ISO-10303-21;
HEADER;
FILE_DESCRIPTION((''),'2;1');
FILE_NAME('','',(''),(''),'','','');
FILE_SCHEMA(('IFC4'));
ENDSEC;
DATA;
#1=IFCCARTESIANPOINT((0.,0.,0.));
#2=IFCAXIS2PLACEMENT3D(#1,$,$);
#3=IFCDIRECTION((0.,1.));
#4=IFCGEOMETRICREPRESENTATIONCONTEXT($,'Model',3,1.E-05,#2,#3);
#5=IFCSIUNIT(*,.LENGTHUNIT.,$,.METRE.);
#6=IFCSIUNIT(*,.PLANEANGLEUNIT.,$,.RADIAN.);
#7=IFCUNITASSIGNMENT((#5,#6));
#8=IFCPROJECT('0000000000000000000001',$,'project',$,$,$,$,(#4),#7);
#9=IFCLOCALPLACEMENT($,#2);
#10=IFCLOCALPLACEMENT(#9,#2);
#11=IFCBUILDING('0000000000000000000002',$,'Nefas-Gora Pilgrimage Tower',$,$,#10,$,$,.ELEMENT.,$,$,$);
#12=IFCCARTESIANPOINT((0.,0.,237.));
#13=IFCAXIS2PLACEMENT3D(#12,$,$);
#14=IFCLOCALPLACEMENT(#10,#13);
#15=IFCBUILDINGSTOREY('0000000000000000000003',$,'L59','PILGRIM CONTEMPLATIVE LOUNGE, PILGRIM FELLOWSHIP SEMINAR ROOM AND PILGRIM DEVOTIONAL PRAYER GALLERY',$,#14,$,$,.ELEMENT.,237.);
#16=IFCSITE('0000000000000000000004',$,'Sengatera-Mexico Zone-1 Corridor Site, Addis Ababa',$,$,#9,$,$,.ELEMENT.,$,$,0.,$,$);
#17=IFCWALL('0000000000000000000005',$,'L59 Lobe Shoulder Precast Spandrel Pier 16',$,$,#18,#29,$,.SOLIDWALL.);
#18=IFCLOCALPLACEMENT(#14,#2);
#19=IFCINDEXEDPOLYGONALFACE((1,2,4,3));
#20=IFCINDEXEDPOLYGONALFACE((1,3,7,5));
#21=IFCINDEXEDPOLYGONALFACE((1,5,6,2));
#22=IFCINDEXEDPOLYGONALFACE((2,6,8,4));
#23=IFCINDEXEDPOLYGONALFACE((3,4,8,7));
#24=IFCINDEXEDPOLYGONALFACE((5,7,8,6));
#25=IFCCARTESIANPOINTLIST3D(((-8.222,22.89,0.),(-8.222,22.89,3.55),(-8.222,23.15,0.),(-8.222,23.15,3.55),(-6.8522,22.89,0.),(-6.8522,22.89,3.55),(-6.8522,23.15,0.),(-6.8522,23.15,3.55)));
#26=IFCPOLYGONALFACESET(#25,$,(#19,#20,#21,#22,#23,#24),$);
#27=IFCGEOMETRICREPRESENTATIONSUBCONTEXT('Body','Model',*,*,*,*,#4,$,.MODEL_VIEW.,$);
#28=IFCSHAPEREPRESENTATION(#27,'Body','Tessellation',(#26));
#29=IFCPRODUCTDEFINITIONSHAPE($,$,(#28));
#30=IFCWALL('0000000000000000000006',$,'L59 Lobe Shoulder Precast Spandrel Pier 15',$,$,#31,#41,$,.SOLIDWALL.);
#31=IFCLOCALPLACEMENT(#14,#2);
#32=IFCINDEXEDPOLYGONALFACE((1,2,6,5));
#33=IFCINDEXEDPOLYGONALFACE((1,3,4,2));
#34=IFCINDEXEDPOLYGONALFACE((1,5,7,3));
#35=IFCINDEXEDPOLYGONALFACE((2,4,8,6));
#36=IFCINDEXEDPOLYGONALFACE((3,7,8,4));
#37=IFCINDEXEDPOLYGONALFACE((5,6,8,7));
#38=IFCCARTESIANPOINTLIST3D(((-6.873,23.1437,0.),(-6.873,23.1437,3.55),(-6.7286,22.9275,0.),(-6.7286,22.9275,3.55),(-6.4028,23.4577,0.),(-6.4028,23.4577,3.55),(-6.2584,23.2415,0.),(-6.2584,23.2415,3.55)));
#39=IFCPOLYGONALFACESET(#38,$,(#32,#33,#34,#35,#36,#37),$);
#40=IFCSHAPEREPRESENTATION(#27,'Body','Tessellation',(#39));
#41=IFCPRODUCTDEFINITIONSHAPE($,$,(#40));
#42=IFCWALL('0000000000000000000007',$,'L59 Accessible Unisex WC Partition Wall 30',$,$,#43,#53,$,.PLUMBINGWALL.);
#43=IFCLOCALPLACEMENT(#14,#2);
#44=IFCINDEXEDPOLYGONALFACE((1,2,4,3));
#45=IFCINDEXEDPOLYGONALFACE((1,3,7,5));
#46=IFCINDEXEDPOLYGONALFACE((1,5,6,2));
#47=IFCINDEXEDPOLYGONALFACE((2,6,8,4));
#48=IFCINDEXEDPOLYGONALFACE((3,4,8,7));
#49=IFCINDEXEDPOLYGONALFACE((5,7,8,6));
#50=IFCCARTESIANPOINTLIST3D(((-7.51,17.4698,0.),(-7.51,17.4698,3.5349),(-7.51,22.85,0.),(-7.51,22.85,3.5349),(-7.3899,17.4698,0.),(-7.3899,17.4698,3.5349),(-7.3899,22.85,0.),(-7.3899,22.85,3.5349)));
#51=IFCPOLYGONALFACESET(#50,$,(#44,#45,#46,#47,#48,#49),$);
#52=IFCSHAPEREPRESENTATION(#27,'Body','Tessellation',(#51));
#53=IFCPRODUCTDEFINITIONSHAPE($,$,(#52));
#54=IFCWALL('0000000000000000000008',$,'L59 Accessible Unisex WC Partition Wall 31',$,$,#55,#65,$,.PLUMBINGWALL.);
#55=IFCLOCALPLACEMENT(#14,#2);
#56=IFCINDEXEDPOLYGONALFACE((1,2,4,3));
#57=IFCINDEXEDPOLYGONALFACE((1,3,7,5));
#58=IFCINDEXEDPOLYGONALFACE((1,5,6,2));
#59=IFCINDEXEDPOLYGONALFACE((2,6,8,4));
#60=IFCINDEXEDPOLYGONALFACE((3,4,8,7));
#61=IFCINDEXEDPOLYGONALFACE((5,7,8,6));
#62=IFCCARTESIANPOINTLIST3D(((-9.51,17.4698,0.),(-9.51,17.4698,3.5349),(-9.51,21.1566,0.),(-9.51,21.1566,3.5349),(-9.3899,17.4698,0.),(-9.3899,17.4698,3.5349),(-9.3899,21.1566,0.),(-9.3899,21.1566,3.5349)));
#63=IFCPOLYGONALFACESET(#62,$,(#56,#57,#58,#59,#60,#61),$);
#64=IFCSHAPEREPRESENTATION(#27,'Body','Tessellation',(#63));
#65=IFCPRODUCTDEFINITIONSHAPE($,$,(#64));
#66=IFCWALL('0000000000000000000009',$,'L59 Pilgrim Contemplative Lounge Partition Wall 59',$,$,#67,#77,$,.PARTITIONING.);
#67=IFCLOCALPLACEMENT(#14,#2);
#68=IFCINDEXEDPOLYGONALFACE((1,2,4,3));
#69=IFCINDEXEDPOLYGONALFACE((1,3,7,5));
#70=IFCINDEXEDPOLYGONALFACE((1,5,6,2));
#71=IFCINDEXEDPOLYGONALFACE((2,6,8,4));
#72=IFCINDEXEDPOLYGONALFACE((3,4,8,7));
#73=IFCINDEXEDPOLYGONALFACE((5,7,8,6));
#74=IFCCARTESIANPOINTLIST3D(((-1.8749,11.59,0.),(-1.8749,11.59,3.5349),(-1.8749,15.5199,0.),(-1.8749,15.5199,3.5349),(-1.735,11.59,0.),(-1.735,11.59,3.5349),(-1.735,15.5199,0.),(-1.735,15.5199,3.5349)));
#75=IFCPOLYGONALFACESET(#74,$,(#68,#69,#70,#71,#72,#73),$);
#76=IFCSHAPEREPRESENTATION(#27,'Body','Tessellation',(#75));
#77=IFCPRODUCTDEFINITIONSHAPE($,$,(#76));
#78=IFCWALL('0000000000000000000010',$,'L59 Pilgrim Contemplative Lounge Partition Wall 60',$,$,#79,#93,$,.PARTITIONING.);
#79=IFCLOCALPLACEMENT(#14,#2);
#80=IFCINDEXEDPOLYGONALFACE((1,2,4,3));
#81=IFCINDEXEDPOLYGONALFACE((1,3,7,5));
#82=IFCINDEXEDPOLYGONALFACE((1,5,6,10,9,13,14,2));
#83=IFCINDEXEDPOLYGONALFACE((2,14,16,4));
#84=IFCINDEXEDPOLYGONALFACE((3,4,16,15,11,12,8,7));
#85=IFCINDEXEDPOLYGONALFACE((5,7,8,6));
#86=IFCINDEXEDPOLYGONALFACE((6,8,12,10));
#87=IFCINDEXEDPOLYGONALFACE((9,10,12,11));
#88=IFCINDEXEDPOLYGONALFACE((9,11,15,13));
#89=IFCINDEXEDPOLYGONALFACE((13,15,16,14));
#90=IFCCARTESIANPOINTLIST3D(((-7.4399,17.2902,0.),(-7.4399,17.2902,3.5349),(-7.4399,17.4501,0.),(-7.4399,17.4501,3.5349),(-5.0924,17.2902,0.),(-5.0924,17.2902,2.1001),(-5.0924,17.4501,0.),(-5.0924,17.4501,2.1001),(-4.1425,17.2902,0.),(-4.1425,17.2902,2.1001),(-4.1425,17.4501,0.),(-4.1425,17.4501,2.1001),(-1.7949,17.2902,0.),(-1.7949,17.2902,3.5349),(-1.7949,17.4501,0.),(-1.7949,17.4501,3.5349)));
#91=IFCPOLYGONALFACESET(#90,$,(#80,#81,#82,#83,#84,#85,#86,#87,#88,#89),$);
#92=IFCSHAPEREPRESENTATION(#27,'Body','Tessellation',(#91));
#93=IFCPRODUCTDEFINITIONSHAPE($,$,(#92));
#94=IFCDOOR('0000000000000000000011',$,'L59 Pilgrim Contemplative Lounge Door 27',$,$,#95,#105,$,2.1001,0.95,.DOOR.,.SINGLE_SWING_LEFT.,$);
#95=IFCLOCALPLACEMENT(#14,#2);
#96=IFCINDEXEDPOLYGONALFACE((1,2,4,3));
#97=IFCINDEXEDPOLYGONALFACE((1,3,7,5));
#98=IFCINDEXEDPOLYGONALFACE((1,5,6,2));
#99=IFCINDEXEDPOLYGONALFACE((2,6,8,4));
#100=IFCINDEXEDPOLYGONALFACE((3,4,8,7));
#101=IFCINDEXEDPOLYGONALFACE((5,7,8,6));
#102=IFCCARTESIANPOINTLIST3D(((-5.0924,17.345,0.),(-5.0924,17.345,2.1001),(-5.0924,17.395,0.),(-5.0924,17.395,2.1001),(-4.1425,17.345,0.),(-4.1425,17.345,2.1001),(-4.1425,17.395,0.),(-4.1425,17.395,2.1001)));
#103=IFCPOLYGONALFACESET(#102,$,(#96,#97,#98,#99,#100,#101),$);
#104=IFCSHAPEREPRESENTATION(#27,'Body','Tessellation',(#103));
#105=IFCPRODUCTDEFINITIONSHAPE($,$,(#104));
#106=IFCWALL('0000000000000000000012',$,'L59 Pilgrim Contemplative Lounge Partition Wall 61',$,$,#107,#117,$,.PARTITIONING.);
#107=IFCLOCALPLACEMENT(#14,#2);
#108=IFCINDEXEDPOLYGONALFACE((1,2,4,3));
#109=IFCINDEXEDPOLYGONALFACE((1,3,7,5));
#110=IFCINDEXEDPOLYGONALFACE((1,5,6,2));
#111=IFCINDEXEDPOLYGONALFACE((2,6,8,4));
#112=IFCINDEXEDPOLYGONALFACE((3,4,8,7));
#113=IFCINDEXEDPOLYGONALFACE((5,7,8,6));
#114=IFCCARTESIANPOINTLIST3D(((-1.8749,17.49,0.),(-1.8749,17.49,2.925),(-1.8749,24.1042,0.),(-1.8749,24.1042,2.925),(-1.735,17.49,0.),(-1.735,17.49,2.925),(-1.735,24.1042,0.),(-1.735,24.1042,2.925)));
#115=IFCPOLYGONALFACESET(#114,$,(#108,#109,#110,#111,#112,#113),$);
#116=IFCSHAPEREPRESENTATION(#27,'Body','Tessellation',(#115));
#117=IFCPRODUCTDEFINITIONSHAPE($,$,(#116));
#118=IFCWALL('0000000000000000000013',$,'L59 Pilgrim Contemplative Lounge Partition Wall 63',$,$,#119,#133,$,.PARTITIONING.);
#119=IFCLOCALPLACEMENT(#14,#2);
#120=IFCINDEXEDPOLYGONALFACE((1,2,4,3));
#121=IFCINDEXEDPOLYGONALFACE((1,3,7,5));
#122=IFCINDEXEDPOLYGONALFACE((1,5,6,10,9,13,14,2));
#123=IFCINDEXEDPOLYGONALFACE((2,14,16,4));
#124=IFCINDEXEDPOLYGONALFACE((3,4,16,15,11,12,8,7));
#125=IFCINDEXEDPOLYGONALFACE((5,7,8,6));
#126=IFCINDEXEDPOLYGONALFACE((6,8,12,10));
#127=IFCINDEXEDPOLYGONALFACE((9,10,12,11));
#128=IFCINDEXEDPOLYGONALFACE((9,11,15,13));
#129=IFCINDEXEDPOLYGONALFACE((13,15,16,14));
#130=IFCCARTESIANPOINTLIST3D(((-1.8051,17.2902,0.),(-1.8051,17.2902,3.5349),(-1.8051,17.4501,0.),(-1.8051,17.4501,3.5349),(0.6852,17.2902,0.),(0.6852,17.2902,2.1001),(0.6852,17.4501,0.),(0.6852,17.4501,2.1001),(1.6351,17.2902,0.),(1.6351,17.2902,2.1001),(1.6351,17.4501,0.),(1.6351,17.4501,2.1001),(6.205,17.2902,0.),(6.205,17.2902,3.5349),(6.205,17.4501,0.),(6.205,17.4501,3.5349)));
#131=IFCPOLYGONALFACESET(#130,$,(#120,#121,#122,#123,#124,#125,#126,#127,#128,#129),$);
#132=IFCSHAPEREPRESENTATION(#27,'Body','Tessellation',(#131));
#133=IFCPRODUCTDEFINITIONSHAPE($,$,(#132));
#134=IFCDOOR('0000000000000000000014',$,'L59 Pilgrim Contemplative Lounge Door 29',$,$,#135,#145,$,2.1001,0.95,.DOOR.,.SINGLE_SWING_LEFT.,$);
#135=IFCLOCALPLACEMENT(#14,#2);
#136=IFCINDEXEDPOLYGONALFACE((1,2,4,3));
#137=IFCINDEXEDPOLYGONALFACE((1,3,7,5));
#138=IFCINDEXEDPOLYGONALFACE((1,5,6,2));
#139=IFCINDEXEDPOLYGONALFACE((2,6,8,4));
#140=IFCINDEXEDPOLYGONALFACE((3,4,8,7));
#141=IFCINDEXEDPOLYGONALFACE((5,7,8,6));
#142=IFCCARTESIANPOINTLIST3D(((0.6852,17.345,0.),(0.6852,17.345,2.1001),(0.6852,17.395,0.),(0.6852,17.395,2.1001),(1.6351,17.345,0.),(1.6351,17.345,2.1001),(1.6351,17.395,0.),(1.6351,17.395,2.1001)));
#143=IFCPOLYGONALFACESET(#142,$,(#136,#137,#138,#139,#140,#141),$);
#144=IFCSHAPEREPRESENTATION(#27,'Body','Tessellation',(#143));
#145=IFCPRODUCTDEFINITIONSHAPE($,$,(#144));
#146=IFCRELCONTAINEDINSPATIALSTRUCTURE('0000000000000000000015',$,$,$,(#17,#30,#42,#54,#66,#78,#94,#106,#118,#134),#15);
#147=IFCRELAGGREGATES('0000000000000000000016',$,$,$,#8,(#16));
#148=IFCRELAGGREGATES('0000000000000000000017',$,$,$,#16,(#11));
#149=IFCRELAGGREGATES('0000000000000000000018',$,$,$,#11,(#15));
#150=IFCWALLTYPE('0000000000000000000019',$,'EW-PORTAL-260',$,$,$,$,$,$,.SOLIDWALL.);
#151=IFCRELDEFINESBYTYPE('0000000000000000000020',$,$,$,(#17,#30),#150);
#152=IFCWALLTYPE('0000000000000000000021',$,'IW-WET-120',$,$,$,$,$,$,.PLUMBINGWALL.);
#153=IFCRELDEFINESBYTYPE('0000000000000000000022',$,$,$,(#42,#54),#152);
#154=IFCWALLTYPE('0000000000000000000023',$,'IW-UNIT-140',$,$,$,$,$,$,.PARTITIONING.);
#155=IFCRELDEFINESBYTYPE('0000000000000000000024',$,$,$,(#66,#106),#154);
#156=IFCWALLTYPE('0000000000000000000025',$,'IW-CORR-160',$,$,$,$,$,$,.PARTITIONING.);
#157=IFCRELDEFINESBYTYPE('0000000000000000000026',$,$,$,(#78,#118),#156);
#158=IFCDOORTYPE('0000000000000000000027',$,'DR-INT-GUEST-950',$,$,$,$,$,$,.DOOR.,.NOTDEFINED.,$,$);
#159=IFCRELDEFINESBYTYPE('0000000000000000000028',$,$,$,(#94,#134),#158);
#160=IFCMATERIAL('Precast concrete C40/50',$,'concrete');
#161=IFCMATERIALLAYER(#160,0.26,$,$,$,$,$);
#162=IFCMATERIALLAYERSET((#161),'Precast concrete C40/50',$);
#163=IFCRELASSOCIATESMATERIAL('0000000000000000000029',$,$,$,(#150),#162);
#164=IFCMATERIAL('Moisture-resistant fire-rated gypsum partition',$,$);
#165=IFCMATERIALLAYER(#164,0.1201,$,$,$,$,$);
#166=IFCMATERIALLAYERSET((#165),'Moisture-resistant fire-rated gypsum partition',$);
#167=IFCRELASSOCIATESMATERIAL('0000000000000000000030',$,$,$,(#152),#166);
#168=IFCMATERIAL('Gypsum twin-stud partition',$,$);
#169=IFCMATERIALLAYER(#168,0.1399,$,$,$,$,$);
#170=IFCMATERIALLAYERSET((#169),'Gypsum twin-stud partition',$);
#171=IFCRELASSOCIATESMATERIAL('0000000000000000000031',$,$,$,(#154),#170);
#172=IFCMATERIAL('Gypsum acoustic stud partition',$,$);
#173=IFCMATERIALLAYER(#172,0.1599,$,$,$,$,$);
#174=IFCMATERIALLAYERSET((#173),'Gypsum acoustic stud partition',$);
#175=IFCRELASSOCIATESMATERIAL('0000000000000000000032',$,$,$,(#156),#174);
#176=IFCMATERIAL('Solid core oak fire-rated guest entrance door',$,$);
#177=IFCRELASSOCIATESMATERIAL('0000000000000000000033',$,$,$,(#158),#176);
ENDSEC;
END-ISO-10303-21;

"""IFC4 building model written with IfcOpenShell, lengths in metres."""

from ifc_helpers import new_model, si_unit, direction, frame, frame_2d, origin, place, context, subcontext, project, spatial, rectangle, extrude, source, transform, mapped, material, layer, layer_set, type_object, element, fill, save


model = new_model("IFC4")

# Units and contexts
model_context = context("Model", 3, precision=1e-05, world=origin(), true_north=direction((0.0, 1.0)))
body_context = subcontext(model_context, "Body", "Model", "MODEL_VIEW")
ifc_project = project(units=[si_unit("LENGTHUNIT", "METRE"), si_unit("PLANEANGLEUNIT", "RADIAN")], contexts=[model_context])

# Site, building, storey
site_placement = place(None, origin())
site = spatial("IfcSite", under=ifc_project, at=site_placement, Name="Sengatera-Mexico Zone-1 Corridor Site, Addis Ababa", CompositionType="ELEMENT", RefElevation=0.0)
building_placement = place(site_placement, origin())
building = spatial("IfcBuilding", under=site, at=building_placement, Name="Nefas-Gora Pilgrimage Tower", CompositionType="ELEMENT")
storey_placement = place(building_placement, frame((0.0, 0.0, 237.0)))
storey = spatial("IfcBuildingStorey", under=building, at=storey_placement, Name="L59", Description="PILGRIM CONTEMPLATIVE LOUNGE, PILGRIM FELLOWSHIP SEMINAR ROOM AND PILGRIM DEVOTIONAL PRAYER GALLERY", CompositionType="ELEMENT", Elevation=237.0)

# Walls
ifc_material_1 = material(Name="Precast concrete C40/50", Category="concrete")
ifc_layer_1 = layer(ifc_material_1, 0.26)
ifc_layer_set_1 = layer_set([ifc_layer_1], Name="Precast concrete C40/50")
wall_type_1 = type_object("IfcWallType", Name="EW-PORTAL-260", PredefinedType="SOLIDWALL", material=ifc_layer_set_1)
shared_shape_1 = source(origin(), body_context, "Body", "SweptSolid", [
    extrude(rectangle(XDim=1.3699, YDim=0.26, at=frame_2d((0.6851, 0.0))), origin(), (0.0, 0.0, 1.0), 3.55),
])
wall_1_placement = place(storey_placement, frame((-6.8521, 23.02, 0.0), z_axis=(0.0, 0.0, 1.0), x_axis=(-1.0, 0.0, 0.0)))
element("IfcWall", 1, at=wall_1_placement, inside=storey, type_object=wall_type_1, Name="L59 Lobe Shoulder Precast Spandrel Pier 16", PredefinedType="SOLIDWALL", context=body_context, shape_type="MappedRepresentation", body=[
    mapped(shared_shape_1, transform((0.0, 0.0, 0.0), x_axis=(1.0, 0.0, 0.0), y_axis=(0.0, 1.0, 0.0), z_axis=(0.0, 0.0, 1.0), scale=1.0)),
])
shared_shape_2 = source(origin(), body_context, "Body", "SweptSolid", [
    extrude(rectangle(XDim=0.5654, YDim=0.26, at=frame_2d((0.2827, 0.0))), origin(), (0.0, 0.0, 1.0), 3.55),
])
wall_2_placement = place(storey_placement, frame((-6.3306, 23.3496, 0.0), z_axis=(0.0, 0.0, 1.0), x_axis=(-0.831651, -0.555298, 0.0)))
element("IfcWall", 2, at=wall_2_placement, inside=storey, type_object=wall_type_1, Name="L59 Lobe Shoulder Precast Spandrel Pier 15", PredefinedType="SOLIDWALL", context=body_context, shape_type="MappedRepresentation", body=[
    mapped(shared_shape_2, transform((0.0, 0.0, 0.0), x_axis=(1.0, 0.0, 0.0), y_axis=(0.0, 1.0, 0.0), z_axis=(0.0, 0.0, 1.0), scale=1.0)),
])
ifc_material_2 = material(Name="Moisture-resistant fire-rated gypsum partition")
ifc_layer_2 = layer(ifc_material_2, 0.1201)
ifc_layer_set_2 = layer_set([ifc_layer_2], Name="Moisture-resistant fire-rated gypsum partition")
wall_type_2 = type_object("IfcWallType", Name="IW-WET-120", PredefinedType="PLUMBINGWALL", material=ifc_layer_set_2)
shared_shape_3 = source(origin(), body_context, "Body", "SweptSolid", [
    extrude(rectangle(XDim=5.3801, YDim=0.1201, at=frame_2d((2.6899, 0.0))), origin(), (0.0, 0.0, 1.0), 3.5349),
])
wall_3_placement = place(storey_placement, frame((-7.45, 17.47, 0.0), z_axis=(0.0, 0.0, 1.0), x_axis=(0.0, 1.0, 0.0)))
element("IfcWall", 3, at=wall_3_placement, inside=storey, type_object=wall_type_2, Name="L59 Accessible Unisex WC Partition Wall 30", PredefinedType="PLUMBINGWALL", context=body_context, shape_type="MappedRepresentation", body=[
    mapped(shared_shape_3, transform((0.0, 0.0, 0.0), x_axis=(1.0, 0.0, 0.0), y_axis=(0.0, 1.0, 0.0), z_axis=(0.0, 0.0, 1.0), scale=1.0)),
])
shared_shape_4 = source(origin(), body_context, "Body", "SweptSolid", [
    extrude(rectangle(XDim=3.6868, YDim=0.1201, at=frame_2d((1.8433, 0.0))), origin(), (0.0, 0.0, 1.0), 3.5349),
])
wall_4_placement = place(storey_placement, frame((-9.45, 17.47, 0.0), z_axis=(0.0, 0.0, 1.0), x_axis=(0.0, 1.0, 0.0)))
element("IfcWall", 4, at=wall_4_placement, inside=storey, type_object=wall_type_2, Name="L59 Accessible Unisex WC Partition Wall 31", PredefinedType="PLUMBINGWALL", context=body_context, shape_type="MappedRepresentation", body=[
    mapped(shared_shape_4, transform((0.0, 0.0, 0.0), x_axis=(1.0, 0.0, 0.0), y_axis=(0.0, 1.0, 0.0), z_axis=(0.0, 0.0, 1.0), scale=1.0)),
])
ifc_material_3 = material(Name="Gypsum twin-stud partition")
ifc_layer_3 = layer(ifc_material_3, 0.1399)
ifc_layer_set_3 = layer_set([ifc_layer_3], Name="Gypsum twin-stud partition")
wall_type_3 = type_object("IfcWallType", Name="IW-UNIT-140", PredefinedType="PARTITIONING", material=ifc_layer_set_3)
shared_shape_5 = source(origin(), body_context, "Body", "SweptSolid", [
    extrude(rectangle(XDim=3.9299, YDim=0.1399, at=frame_2d((1.9648, 0.0))), origin(), (0.0, 0.0, 1.0), 3.5349),
])
wall_5_placement = place(storey_placement, frame((-1.8049, 11.5901, 0.0), z_axis=(0.0, 0.0, 1.0), x_axis=(0.0, 1.0, 0.0)))
element("IfcWall", 5, at=wall_5_placement, inside=storey, type_object=wall_type_3, Name="L59 Pilgrim Contemplative Lounge Partition Wall 59", PredefinedType="PARTITIONING", context=body_context, shape_type="MappedRepresentation", body=[
    mapped(shared_shape_5, transform((0.0, 0.0, 0.0), x_axis=(1.0, 0.0, 0.0), y_axis=(0.0, 1.0, 0.0), z_axis=(0.0, 0.0, 1.0), scale=1.0)),
])

# Wall, opening, door
ifc_material_4 = material(Name="Gypsum acoustic stud partition")
ifc_layer_4 = layer(ifc_material_4, 0.1599)
ifc_layer_set_4 = layer_set([ifc_layer_4], Name="Gypsum acoustic stud partition")
wall_type_4 = type_object("IfcWallType", Name="IW-CORR-160", PredefinedType="PARTITIONING", material=ifc_layer_set_4)
shared_shape_6 = source(origin(), body_context, "Body", "SweptSolid", [
    extrude(rectangle(XDim=5.645, YDim=0.1599, at=frame_2d((2.8225, 0.0))), origin(), (0.0, 0.0, 1.0), 3.5349),
])
wall_6_placement = place(storey_placement, frame((-7.4399, 17.3701, 0.0), z_axis=(0.0, 0.0, 1.0), x_axis=(1.0, 0.0, 0.0)))
wall_6 = element("IfcWall", 6, at=wall_6_placement, inside=storey, type_object=wall_type_4, Name="L59 Pilgrim Contemplative Lounge Partition Wall 60", PredefinedType="PARTITIONING", context=body_context, shape_type="MappedRepresentation", body=[
    mapped(shared_shape_6, transform((0.0, 0.0, 0.0), x_axis=(1.0, 0.0, 0.0), y_axis=(0.0, 1.0, 0.0), z_axis=(0.0, 0.0, 1.0), scale=1.0)),
])
opening_1_placement = place(wall_6_placement, frame((2.3474, 0.0, 0.0)))
opening_1 = element("IfcOpeningElement", 7, at=opening_1_placement, cuts=wall_6, PredefinedType="OPENING", context=body_context, shape_type="SweptSolid", body=[
    extrude(rectangle(XDim=0.95, YDim=2.1001, at=frame_2d((0.4751, 1.05))), frame((0.0, 0.0898, 0.0), z_axis=(0.0, -1.0, 0.0), x_axis=(1.0, 0.0, 0.0)), (0.0, 0.0, 1.0), 0.1799),
])
ifc_material_5 = material(Name="Solid core oak fire-rated guest entrance door")
door_type = type_object("IfcDoorType", Name="DR-INT-GUEST-950", OperationType="NOTDEFINED", PredefinedType="DOOR", material=ifc_material_5)
shared_shape_7 = source(origin(), body_context, "Body", "SweptSolid", [
    extrude(rectangle(XDim=0.95, YDim=2.1001, at=frame_2d((0.4751, 1.05))), frame((0.0, 0.0249, 0.0), z_axis=(0.0, -1.0, 0.0), x_axis=(1.0, 0.0, 0.0)), (0.0, 0.0, 1.0), 0.05),
])
door_1_placement = place(opening_1_placement, origin())
door_1 = element("IfcDoor", 8, at=door_1_placement, inside=storey, type_object=door_type, Name="L59 Pilgrim Contemplative Lounge Door 27", OperationType="SINGLE_SWING_LEFT", OverallHeight=2.1001, OverallWidth=0.95, PredefinedType="DOOR", context=body_context, shape_type="MappedRepresentation", body=[
    mapped(shared_shape_7, transform((0.0, 0.0, 0.0), x_axis=(1.0, 0.0, 0.0), y_axis=(0.0, 1.0, 0.0), z_axis=(0.0, 0.0, 1.0), scale=1.0)),
])
fill(opening_1, door_1)

# Wall
shared_shape_8 = source(origin(), body_context, "Body", "SweptSolid", [
    extrude(rectangle(XDim=6.6143, YDim=0.1399, at=frame_2d((3.3071, 0.0))), origin(), (0.0, 0.0, 1.0), 2.925),
])
wall_7_placement = place(storey_placement, frame((-1.8049, 17.49, 0.0), z_axis=(0.0, 0.0, 1.0), x_axis=(0.0, 1.0, 0.0)))
element("IfcWall", 9, at=wall_7_placement, inside=storey, type_object=wall_type_3, Name="L59 Pilgrim Contemplative Lounge Partition Wall 61", PredefinedType="PARTITIONING", context=body_context, shape_type="MappedRepresentation", body=[
    mapped(shared_shape_8, transform((0.0, 0.0, 0.0), x_axis=(1.0, 0.0, 0.0), y_axis=(0.0, 1.0, 0.0), z_axis=(0.0, 0.0, 1.0), scale=1.0)),
])

# Wall, opening, door
shared_shape_9 = source(origin(), body_context, "Body", "SweptSolid", [
    extrude(rectangle(XDim=8.01, YDim=0.1599, at=frame_2d((4.0049, 0.0))), origin(), (0.0, 0.0, 1.0), 3.5349),
])
wall_8_placement = place(storey_placement, frame((-1.8049, 17.3701, 0.0), z_axis=(0.0, 0.0, 1.0), x_axis=(1.0, 0.0, 0.0)))
wall_8 = element("IfcWall", 10, at=wall_8_placement, inside=storey, type_object=wall_type_4, Name="L59 Pilgrim Contemplative Lounge Partition Wall 63", PredefinedType="PARTITIONING", context=body_context, shape_type="MappedRepresentation", body=[
    mapped(shared_shape_9, transform((0.0, 0.0, 0.0), x_axis=(1.0, 0.0, 0.0), y_axis=(0.0, 1.0, 0.0), z_axis=(0.0, 0.0, 1.0), scale=1.0)),
])
opening_2_placement = place(wall_8_placement, frame((2.49, 0.0, 0.0)))
opening_2 = element("IfcOpeningElement", 11, at=opening_2_placement, cuts=wall_8, PredefinedType="OPENING", context=body_context, shape_type="SweptSolid", body=[
    extrude(rectangle(XDim=0.95, YDim=2.1001, at=frame_2d((0.4751, 1.05))), frame((0.0, 0.0898, 0.0), z_axis=(0.0, -1.0, 0.0), x_axis=(1.0, 0.0, 0.0)), (0.0, 0.0, 1.0), 0.1799),
])
door_2_placement = place(opening_2_placement, origin())
door_2 = element("IfcDoor", 12, at=door_2_placement, inside=storey, type_object=door_type, Name="L59 Pilgrim Contemplative Lounge Door 29", OperationType="SINGLE_SWING_LEFT", OverallHeight=2.1001, OverallWidth=0.95, PredefinedType="DOOR", context=body_context, shape_type="MappedRepresentation", body=[
    mapped(shared_shape_7, transform((0.0, 0.0, 0.0), x_axis=(1.0, 0.0, 0.0), y_axis=(0.0, 1.0, 0.0), z_axis=(0.0, 0.0, 1.0), scale=1.0)),
])
fill(opening_2, door_2)

save(model, "model.ifc")
